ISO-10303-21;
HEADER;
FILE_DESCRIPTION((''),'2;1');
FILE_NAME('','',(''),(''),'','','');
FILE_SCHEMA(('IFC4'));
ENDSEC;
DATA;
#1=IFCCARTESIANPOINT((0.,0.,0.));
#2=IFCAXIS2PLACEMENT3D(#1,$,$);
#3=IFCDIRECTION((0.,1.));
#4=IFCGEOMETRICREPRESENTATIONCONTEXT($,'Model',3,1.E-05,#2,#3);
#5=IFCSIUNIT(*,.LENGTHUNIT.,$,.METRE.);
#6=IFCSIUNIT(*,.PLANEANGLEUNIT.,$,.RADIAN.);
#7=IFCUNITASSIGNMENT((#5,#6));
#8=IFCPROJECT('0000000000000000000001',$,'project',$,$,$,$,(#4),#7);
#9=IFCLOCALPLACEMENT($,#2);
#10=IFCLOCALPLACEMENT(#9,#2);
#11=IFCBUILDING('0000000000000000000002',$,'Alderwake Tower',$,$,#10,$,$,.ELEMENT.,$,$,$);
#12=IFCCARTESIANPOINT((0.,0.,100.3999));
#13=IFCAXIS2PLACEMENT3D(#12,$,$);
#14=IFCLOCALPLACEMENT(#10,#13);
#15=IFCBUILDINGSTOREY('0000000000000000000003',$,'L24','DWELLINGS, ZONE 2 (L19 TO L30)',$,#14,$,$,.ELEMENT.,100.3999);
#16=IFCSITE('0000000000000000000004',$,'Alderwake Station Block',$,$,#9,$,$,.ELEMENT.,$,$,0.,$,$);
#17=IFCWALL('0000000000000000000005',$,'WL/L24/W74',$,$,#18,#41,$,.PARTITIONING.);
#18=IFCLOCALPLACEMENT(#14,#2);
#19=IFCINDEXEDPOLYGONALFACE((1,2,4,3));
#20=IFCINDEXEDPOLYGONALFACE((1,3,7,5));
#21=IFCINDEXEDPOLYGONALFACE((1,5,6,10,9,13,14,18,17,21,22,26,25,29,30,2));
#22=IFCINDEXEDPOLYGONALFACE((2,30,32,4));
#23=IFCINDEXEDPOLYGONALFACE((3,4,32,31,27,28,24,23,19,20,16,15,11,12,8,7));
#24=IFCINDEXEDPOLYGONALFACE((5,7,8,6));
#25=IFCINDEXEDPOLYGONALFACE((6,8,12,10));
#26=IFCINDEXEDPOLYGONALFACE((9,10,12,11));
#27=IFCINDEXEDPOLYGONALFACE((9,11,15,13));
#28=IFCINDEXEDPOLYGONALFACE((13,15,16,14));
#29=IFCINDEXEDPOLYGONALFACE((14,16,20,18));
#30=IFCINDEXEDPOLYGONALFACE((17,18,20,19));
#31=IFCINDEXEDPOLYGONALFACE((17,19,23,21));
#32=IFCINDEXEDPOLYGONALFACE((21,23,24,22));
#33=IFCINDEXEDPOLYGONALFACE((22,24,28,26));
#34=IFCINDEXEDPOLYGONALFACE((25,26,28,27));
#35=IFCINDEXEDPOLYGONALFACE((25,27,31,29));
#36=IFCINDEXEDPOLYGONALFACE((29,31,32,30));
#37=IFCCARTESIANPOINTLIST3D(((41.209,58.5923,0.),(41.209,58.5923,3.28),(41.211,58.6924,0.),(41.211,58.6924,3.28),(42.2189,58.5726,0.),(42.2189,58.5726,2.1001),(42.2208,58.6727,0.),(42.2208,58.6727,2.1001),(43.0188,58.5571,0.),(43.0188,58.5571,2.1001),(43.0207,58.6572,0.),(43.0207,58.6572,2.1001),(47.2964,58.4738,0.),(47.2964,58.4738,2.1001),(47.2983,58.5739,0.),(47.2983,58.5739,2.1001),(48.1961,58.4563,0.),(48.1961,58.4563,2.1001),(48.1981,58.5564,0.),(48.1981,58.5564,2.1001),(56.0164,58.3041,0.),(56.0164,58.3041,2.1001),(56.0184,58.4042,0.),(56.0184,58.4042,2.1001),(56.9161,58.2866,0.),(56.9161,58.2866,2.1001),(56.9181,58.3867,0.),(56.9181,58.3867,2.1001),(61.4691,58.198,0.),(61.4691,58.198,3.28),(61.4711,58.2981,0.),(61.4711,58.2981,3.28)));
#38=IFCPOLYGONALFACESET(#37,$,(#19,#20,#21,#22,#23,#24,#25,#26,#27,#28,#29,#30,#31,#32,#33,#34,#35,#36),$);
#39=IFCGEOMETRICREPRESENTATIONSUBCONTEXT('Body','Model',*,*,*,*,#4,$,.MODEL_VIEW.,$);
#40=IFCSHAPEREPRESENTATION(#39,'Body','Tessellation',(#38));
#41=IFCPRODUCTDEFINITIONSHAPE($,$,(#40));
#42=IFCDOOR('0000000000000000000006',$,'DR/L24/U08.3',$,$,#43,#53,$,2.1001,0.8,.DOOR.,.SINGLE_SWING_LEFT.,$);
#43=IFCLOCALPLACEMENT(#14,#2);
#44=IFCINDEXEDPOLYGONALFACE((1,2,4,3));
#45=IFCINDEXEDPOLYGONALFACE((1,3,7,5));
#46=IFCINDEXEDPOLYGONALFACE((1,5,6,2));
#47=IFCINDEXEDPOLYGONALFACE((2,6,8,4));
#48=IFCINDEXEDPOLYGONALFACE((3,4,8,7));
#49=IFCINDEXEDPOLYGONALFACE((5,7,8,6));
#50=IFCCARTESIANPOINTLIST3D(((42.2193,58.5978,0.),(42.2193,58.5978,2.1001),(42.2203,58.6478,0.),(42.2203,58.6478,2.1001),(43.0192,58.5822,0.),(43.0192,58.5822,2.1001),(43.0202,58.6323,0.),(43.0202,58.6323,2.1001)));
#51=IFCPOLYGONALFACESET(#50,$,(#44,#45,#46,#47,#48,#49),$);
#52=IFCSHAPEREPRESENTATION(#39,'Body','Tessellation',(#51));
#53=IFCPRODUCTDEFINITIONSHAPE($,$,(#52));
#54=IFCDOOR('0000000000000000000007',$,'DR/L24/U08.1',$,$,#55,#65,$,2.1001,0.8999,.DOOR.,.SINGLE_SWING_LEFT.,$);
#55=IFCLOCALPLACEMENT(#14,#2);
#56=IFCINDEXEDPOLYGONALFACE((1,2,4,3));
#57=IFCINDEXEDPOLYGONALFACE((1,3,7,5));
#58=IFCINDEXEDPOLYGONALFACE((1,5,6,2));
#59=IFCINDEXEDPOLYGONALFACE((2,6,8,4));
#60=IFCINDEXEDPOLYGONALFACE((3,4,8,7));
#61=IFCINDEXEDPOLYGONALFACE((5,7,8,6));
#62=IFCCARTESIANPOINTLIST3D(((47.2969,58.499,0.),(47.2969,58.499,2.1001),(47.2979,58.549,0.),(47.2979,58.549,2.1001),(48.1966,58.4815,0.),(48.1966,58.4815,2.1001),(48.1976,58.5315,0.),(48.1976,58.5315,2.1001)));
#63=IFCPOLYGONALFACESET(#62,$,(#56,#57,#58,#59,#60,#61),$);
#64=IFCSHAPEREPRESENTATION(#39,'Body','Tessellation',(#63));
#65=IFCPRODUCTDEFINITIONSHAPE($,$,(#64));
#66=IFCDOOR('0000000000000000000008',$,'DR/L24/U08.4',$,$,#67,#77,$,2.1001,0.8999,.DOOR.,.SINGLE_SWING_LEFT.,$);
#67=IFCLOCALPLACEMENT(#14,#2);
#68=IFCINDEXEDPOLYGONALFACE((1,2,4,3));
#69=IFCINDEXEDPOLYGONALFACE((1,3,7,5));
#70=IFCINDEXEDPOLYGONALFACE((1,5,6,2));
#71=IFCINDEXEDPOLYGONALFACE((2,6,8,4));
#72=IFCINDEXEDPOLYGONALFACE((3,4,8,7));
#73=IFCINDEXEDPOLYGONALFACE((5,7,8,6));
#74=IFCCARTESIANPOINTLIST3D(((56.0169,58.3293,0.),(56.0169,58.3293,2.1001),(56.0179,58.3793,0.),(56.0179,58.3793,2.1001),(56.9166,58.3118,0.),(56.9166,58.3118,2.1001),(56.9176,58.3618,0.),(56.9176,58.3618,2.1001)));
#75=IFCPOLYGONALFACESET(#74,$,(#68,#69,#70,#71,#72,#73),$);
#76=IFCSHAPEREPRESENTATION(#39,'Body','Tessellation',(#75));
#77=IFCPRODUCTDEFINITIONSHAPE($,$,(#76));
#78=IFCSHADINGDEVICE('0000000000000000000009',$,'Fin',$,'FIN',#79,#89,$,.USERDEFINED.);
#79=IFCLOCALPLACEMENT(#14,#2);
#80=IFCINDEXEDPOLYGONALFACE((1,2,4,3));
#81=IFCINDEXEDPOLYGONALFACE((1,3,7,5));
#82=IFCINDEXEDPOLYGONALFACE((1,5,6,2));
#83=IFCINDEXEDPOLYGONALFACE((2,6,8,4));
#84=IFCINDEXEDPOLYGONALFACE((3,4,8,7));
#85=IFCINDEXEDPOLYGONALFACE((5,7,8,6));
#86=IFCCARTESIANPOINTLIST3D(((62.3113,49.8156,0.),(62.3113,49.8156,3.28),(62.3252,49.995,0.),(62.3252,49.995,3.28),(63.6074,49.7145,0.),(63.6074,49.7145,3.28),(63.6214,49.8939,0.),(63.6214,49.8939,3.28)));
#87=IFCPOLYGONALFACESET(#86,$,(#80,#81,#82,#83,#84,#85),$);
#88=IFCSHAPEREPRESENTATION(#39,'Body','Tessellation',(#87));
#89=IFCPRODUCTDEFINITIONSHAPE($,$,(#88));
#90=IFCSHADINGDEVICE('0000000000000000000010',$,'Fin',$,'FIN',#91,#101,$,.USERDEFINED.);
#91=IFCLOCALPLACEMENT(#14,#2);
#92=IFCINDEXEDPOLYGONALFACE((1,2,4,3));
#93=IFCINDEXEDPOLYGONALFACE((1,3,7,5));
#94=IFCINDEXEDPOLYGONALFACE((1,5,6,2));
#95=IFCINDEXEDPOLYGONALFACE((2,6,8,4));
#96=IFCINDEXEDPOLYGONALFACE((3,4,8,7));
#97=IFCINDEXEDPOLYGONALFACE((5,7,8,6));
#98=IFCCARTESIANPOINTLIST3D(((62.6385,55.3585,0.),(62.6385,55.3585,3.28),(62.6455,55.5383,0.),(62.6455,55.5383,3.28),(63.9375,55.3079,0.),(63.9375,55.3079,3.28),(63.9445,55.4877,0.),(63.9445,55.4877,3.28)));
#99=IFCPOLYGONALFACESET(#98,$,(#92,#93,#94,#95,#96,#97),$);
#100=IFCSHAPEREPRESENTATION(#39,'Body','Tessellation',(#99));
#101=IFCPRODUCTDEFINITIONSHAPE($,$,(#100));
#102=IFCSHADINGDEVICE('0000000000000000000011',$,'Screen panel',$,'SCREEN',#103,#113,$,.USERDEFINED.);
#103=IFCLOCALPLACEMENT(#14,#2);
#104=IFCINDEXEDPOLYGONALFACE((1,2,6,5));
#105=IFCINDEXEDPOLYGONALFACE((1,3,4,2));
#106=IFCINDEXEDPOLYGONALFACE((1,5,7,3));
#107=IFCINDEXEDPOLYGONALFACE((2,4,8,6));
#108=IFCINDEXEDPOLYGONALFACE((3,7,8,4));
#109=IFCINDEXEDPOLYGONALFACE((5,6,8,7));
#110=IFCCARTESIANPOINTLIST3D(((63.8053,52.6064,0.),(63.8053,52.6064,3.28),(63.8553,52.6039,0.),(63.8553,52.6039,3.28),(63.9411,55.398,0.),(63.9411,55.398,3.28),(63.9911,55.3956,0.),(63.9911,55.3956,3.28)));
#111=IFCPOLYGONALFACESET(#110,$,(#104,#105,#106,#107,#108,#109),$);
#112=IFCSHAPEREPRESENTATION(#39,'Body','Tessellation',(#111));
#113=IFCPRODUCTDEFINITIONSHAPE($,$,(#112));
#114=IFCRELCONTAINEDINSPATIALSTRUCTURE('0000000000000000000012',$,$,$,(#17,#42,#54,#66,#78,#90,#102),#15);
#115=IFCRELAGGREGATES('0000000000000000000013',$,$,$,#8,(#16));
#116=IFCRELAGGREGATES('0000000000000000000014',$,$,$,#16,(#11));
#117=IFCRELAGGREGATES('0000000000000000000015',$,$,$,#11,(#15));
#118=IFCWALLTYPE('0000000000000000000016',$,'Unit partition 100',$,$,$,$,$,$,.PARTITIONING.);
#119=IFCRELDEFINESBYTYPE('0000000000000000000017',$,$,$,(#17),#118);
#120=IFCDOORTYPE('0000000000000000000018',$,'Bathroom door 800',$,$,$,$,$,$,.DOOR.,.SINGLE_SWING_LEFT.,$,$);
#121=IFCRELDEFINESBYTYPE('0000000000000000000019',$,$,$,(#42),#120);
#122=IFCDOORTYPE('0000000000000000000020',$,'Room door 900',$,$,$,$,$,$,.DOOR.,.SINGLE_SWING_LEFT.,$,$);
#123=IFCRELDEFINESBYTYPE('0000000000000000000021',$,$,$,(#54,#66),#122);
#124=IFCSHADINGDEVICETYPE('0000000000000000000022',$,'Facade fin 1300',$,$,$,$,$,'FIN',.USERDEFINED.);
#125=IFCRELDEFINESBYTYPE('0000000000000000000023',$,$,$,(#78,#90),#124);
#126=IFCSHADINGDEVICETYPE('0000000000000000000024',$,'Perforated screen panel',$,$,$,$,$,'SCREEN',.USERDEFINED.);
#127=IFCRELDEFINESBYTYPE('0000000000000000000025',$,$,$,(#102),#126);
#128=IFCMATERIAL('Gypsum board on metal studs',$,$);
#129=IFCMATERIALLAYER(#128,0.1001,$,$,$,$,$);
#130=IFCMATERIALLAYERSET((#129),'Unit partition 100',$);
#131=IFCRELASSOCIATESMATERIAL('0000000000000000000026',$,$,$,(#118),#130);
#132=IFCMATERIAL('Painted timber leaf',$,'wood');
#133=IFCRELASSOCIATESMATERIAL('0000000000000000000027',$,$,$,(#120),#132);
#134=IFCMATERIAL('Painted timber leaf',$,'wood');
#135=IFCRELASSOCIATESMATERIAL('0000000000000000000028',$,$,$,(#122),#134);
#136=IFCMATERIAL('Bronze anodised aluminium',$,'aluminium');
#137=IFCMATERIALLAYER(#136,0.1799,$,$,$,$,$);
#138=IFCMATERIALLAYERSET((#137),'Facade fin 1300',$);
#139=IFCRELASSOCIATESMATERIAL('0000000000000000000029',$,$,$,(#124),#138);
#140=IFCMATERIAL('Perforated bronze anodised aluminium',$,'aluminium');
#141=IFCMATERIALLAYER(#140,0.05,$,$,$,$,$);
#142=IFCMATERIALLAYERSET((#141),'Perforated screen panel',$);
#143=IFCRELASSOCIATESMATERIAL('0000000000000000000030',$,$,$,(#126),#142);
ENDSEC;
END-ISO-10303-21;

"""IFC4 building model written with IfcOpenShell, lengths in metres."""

from ifc_helpers import new_model, si_unit, direction, frame, frame_2d, origin, origin_2d, place, context, subcontext, project, spatial, rectangle, extrude, material, layer, layer_set, type_object, element, fill, save


model = new_model("IFC4")

# Units and contexts
model_context = context("Model", 3, precision=1e-05, world=origin(), true_north=direction((0.0, 1.0)))
body_context = subcontext(model_context, "Body", "Model", "MODEL_VIEW")
ifc_project = project(units=[si_unit("LENGTHUNIT", "METRE"), si_unit("PLANEANGLEUNIT", "RADIAN")], contexts=[model_context])

# Site, building, storey
site_placement = place(None, origin())
site = spatial("IfcSite", under=ifc_project, at=site_placement, Name="Alderwake Station Block", CompositionType="ELEMENT", RefElevation=0.0)
building_placement = place(site_placement, origin())
building = spatial("IfcBuilding", under=site, at=building_placement, Name="Alderwake Tower", CompositionType="ELEMENT")
storey_placement = place(building_placement, frame((0.0, 0.0, 100.3999)))
storey = spatial("IfcBuildingStorey", under=building, at=storey_placement, Name="L24", Description="DWELLINGS, ZONE 2 (L19 TO L30)", CompositionType="ELEMENT", Elevation=100.3999)

# Wall, openings, doors
ifc_material_1 = material(Name="Gypsum board on metal studs")
ifc_layer_1 = layer(ifc_material_1, 0.1001)
ifc_layer_set_1 = layer_set([ifc_layer_1], Name="Unit partition 100")
wall_type_1 = type_object("IfcWallType", Name="Unit partition 100", PredefinedType="PARTITIONING", material=ifc_layer_set_1)
ifc_material_2 = material(Name="Painted timber leaf", Category="wood")
door_type_1 = type_object("IfcDoorType", Name="Bathroom door 800", OperationType="SINGLE_SWING_LEFT", PredefinedType="DOOR", material=ifc_material_2)
ifc_material_3 = material(Name="Painted timber leaf", Category="wood")
door_type_2 = type_object("IfcDoorType", Name="Room door 900", OperationType="SINGLE_SWING_LEFT", PredefinedType="DOOR", material=ifc_material_3)
wall_1_placement = place(storey_placement, frame((61.47, 58.248, 0.0), z_axis=(0.0, 0.0, 1.0), x_axis=(-0.999811, 0.019458, 0.0)))
wall_1 = element("IfcWall", 1, at=wall_1_placement, inside=storey, type_object=wall_type_1, Name="WL/L24/W74", PredefinedType="PARTITIONING", context=body_context, shape_type="SweptSolid", body=[
    extrude(rectangle(XDim=20.2639, YDim=0.1001, at=frame_2d((10.1318, 0.0))), origin(), (0.0, 0.0, 1.0), 3.28),
])
opening_1_placement = place(wall_1_placement, frame((13.2754, 0.0, 0.0)))
opening_1 = element("IfcOpeningElement", 2, at=opening_1_placement, cuts=wall_1, PredefinedType="OPENING", context=body_context, shape_type="SweptSolid", body=[
    extrude(rectangle(XDim=0.8999, YDim=2.1001, at=frame_2d((0.45, 1.05))), frame((0.0, 0.0601, 0.0), z_axis=(0.0, -1.0, 0.0), x_axis=(1.0, 0.0, 0.0)), (0.0, 0.0, 1.0), 0.1201),
])
opening_2_placement = place(wall_1_placement, frame((18.4539, 0.0, 0.0)))
opening_2 = element("IfcOpeningElement", 3, at=opening_2_placement, cuts=wall_1, PredefinedType="OPENING", context=body_context, shape_type="SweptSolid", body=[
    extrude(rectangle(XDim=0.8, YDim=2.1001, at=frame_2d((0.3999, 1.05))), frame((0.0, 0.0601, 0.0), z_axis=(0.0, -1.0, 0.0), x_axis=(1.0, 0.0, 0.0)), (0.0, 0.0, 1.0), 0.1201),
])
opening_3_placement = place(wall_1_placement, frame((4.5537, 0.0, 0.0)))
opening_3 = element("IfcOpeningElement", 4, at=opening_3_placement, cuts=wall_1, PredefinedType="OPENING", context=body_context, shape_type="SweptSolid", body=[
    extrude(rectangle(XDim=0.8999, YDim=2.1001, at=frame_2d((0.45, 1.05))), frame((0.0, 0.0601, 0.0), z_axis=(0.0, -1.0, 0.0), x_axis=(1.0, 0.0, 0.0)), (0.0, 0.0, 1.0), 0.1201),
])
door_1_placement = place(opening_2_placement, origin())
door_1 = element("IfcDoor", 5, at=door_1_placement, inside=storey, type_object=door_type_1, Name="DR/L24/U08.3", OperationType="SINGLE_SWING_LEFT", OverallHeight=2.1001, OverallWidth=0.8, PredefinedType="DOOR", context=body_context, shape_type="SweptSolid", body=[
    extrude(rectangle(XDim=0.8, YDim=2.1001, at=frame_2d((0.3999, 1.05))), frame((0.0, 0.0249, 0.0), z_axis=(0.0, -1.0, 0.0), x_axis=(1.0, 0.0, 0.0)), (0.0, 0.0, 1.0), 0.05),
])
fill(opening_2, door_1)
door_2_placement = place(opening_1_placement, origin())
door_2 = element("IfcDoor", 6, at=door_2_placement, inside=storey, type_object=door_type_2, Name="DR/L24/U08.1", OperationType="SINGLE_SWING_LEFT", OverallHeight=2.1001, OverallWidth=0.8999, PredefinedType="DOOR", context=body_context, shape_type="SweptSolid", body=[
    extrude(rectangle(XDim=0.8999, YDim=2.1001, at=frame_2d((0.45, 1.05))), frame((0.0, 0.0249, 0.0), z_axis=(0.0, -1.0, 0.0), x_axis=(1.0, 0.0, 0.0)), (0.0, 0.0, 1.0), 0.05),
])
fill(opening_1, door_2)
door_3_placement = place(opening_3_placement, origin())
door_3 = element("IfcDoor", 7, at=door_3_placement, inside=storey, type_object=door_type_2, Name="DR/L24/U08.4", OperationType="SINGLE_SWING_LEFT", OverallHeight=2.1001, OverallWidth=0.8999, PredefinedType="DOOR", context=body_context, shape_type="SweptSolid", body=[
    extrude(rectangle(XDim=0.8999, YDim=2.1001, at=frame_2d((0.45, 1.05))), frame((0.0, 0.0249, 0.0), z_axis=(0.0, -1.0, 0.0), x_axis=(1.0, 0.0, 0.0)), (0.0, 0.0, 1.0), 0.05),
])
fill(opening_3, door_3)

# Shading devices
ifc_material_4 = material(Name="Bronze anodised aluminium", Category="aluminium")
ifc_layer_2 = layer(ifc_material_4, 0.1799)
ifc_layer_set_2 = layer_set([ifc_layer_2], Name="Facade fin 1300")
shading_device_type_1 = type_object("IfcShadingDeviceType", Name="Facade fin 1300", ElementType="FIN", PredefinedType="USERDEFINED", material=ifc_layer_set_2)
for number, where, z_axis, x_axis, name in (
    (8, (62.9663, 49.8547, 0.0), (0.0, 0.0, 1.0), (0.996975, -0.077721, 0.0), "Fin"),
    (9, (63.2915, 55.4231, 0.0), (0.0, 0.0, 1.0), (0.999243, -0.03889, 0.0), "Fin"),
):
    element("IfcShadingDevice", number, at=place(storey_placement, frame(where, z_axis=z_axis, x_axis=x_axis)), inside=storey, type_object=shading_device_type_1, Name=name, ObjectType="FIN", PredefinedType="USERDEFINED", context=body_context, shape_type="SweptSolid", body=[
        extrude(rectangle(XDim=1.3, YDim=0.1799, at=origin_2d()), origin(), (0.0, 0.0, 1.0), 3.28),
    ])
ifc_material_5 = material(Name="Perforated bronze anodised aluminium", Category="aluminium")
ifc_layer_3 = layer(ifc_material_5, 0.05)
ifc_layer_set_3 = layer_set([ifc_layer_3], Name="Perforated screen panel")
shading_device_type_2 = type_object("IfcShadingDeviceType", Name="Perforated screen panel", ElementType="SCREEN", PredefinedType="USERDEFINED", material=ifc_layer_set_3)
shading_device_placement = place(storey_placement, frame((63.8982, 54.001, 0.0), z_axis=(0.0, 0.0, 1.0), x_axis=(0.998819, -0.048581, 0.0)))
element("IfcShadingDevice", 10, at=shading_device_placement, inside=storey, type_object=shading_device_type_2, Name="Screen panel", ObjectType="SCREEN", PredefinedType="USERDEFINED", context=body_context, shape_type="SweptSolid", body=[
    extrude(rectangle(XDim=0.05, YDim=2.7949, at=origin_2d()), origin(), (0.0, 0.0, 1.0), 3.28),
])

save(model, "model.ifc")
